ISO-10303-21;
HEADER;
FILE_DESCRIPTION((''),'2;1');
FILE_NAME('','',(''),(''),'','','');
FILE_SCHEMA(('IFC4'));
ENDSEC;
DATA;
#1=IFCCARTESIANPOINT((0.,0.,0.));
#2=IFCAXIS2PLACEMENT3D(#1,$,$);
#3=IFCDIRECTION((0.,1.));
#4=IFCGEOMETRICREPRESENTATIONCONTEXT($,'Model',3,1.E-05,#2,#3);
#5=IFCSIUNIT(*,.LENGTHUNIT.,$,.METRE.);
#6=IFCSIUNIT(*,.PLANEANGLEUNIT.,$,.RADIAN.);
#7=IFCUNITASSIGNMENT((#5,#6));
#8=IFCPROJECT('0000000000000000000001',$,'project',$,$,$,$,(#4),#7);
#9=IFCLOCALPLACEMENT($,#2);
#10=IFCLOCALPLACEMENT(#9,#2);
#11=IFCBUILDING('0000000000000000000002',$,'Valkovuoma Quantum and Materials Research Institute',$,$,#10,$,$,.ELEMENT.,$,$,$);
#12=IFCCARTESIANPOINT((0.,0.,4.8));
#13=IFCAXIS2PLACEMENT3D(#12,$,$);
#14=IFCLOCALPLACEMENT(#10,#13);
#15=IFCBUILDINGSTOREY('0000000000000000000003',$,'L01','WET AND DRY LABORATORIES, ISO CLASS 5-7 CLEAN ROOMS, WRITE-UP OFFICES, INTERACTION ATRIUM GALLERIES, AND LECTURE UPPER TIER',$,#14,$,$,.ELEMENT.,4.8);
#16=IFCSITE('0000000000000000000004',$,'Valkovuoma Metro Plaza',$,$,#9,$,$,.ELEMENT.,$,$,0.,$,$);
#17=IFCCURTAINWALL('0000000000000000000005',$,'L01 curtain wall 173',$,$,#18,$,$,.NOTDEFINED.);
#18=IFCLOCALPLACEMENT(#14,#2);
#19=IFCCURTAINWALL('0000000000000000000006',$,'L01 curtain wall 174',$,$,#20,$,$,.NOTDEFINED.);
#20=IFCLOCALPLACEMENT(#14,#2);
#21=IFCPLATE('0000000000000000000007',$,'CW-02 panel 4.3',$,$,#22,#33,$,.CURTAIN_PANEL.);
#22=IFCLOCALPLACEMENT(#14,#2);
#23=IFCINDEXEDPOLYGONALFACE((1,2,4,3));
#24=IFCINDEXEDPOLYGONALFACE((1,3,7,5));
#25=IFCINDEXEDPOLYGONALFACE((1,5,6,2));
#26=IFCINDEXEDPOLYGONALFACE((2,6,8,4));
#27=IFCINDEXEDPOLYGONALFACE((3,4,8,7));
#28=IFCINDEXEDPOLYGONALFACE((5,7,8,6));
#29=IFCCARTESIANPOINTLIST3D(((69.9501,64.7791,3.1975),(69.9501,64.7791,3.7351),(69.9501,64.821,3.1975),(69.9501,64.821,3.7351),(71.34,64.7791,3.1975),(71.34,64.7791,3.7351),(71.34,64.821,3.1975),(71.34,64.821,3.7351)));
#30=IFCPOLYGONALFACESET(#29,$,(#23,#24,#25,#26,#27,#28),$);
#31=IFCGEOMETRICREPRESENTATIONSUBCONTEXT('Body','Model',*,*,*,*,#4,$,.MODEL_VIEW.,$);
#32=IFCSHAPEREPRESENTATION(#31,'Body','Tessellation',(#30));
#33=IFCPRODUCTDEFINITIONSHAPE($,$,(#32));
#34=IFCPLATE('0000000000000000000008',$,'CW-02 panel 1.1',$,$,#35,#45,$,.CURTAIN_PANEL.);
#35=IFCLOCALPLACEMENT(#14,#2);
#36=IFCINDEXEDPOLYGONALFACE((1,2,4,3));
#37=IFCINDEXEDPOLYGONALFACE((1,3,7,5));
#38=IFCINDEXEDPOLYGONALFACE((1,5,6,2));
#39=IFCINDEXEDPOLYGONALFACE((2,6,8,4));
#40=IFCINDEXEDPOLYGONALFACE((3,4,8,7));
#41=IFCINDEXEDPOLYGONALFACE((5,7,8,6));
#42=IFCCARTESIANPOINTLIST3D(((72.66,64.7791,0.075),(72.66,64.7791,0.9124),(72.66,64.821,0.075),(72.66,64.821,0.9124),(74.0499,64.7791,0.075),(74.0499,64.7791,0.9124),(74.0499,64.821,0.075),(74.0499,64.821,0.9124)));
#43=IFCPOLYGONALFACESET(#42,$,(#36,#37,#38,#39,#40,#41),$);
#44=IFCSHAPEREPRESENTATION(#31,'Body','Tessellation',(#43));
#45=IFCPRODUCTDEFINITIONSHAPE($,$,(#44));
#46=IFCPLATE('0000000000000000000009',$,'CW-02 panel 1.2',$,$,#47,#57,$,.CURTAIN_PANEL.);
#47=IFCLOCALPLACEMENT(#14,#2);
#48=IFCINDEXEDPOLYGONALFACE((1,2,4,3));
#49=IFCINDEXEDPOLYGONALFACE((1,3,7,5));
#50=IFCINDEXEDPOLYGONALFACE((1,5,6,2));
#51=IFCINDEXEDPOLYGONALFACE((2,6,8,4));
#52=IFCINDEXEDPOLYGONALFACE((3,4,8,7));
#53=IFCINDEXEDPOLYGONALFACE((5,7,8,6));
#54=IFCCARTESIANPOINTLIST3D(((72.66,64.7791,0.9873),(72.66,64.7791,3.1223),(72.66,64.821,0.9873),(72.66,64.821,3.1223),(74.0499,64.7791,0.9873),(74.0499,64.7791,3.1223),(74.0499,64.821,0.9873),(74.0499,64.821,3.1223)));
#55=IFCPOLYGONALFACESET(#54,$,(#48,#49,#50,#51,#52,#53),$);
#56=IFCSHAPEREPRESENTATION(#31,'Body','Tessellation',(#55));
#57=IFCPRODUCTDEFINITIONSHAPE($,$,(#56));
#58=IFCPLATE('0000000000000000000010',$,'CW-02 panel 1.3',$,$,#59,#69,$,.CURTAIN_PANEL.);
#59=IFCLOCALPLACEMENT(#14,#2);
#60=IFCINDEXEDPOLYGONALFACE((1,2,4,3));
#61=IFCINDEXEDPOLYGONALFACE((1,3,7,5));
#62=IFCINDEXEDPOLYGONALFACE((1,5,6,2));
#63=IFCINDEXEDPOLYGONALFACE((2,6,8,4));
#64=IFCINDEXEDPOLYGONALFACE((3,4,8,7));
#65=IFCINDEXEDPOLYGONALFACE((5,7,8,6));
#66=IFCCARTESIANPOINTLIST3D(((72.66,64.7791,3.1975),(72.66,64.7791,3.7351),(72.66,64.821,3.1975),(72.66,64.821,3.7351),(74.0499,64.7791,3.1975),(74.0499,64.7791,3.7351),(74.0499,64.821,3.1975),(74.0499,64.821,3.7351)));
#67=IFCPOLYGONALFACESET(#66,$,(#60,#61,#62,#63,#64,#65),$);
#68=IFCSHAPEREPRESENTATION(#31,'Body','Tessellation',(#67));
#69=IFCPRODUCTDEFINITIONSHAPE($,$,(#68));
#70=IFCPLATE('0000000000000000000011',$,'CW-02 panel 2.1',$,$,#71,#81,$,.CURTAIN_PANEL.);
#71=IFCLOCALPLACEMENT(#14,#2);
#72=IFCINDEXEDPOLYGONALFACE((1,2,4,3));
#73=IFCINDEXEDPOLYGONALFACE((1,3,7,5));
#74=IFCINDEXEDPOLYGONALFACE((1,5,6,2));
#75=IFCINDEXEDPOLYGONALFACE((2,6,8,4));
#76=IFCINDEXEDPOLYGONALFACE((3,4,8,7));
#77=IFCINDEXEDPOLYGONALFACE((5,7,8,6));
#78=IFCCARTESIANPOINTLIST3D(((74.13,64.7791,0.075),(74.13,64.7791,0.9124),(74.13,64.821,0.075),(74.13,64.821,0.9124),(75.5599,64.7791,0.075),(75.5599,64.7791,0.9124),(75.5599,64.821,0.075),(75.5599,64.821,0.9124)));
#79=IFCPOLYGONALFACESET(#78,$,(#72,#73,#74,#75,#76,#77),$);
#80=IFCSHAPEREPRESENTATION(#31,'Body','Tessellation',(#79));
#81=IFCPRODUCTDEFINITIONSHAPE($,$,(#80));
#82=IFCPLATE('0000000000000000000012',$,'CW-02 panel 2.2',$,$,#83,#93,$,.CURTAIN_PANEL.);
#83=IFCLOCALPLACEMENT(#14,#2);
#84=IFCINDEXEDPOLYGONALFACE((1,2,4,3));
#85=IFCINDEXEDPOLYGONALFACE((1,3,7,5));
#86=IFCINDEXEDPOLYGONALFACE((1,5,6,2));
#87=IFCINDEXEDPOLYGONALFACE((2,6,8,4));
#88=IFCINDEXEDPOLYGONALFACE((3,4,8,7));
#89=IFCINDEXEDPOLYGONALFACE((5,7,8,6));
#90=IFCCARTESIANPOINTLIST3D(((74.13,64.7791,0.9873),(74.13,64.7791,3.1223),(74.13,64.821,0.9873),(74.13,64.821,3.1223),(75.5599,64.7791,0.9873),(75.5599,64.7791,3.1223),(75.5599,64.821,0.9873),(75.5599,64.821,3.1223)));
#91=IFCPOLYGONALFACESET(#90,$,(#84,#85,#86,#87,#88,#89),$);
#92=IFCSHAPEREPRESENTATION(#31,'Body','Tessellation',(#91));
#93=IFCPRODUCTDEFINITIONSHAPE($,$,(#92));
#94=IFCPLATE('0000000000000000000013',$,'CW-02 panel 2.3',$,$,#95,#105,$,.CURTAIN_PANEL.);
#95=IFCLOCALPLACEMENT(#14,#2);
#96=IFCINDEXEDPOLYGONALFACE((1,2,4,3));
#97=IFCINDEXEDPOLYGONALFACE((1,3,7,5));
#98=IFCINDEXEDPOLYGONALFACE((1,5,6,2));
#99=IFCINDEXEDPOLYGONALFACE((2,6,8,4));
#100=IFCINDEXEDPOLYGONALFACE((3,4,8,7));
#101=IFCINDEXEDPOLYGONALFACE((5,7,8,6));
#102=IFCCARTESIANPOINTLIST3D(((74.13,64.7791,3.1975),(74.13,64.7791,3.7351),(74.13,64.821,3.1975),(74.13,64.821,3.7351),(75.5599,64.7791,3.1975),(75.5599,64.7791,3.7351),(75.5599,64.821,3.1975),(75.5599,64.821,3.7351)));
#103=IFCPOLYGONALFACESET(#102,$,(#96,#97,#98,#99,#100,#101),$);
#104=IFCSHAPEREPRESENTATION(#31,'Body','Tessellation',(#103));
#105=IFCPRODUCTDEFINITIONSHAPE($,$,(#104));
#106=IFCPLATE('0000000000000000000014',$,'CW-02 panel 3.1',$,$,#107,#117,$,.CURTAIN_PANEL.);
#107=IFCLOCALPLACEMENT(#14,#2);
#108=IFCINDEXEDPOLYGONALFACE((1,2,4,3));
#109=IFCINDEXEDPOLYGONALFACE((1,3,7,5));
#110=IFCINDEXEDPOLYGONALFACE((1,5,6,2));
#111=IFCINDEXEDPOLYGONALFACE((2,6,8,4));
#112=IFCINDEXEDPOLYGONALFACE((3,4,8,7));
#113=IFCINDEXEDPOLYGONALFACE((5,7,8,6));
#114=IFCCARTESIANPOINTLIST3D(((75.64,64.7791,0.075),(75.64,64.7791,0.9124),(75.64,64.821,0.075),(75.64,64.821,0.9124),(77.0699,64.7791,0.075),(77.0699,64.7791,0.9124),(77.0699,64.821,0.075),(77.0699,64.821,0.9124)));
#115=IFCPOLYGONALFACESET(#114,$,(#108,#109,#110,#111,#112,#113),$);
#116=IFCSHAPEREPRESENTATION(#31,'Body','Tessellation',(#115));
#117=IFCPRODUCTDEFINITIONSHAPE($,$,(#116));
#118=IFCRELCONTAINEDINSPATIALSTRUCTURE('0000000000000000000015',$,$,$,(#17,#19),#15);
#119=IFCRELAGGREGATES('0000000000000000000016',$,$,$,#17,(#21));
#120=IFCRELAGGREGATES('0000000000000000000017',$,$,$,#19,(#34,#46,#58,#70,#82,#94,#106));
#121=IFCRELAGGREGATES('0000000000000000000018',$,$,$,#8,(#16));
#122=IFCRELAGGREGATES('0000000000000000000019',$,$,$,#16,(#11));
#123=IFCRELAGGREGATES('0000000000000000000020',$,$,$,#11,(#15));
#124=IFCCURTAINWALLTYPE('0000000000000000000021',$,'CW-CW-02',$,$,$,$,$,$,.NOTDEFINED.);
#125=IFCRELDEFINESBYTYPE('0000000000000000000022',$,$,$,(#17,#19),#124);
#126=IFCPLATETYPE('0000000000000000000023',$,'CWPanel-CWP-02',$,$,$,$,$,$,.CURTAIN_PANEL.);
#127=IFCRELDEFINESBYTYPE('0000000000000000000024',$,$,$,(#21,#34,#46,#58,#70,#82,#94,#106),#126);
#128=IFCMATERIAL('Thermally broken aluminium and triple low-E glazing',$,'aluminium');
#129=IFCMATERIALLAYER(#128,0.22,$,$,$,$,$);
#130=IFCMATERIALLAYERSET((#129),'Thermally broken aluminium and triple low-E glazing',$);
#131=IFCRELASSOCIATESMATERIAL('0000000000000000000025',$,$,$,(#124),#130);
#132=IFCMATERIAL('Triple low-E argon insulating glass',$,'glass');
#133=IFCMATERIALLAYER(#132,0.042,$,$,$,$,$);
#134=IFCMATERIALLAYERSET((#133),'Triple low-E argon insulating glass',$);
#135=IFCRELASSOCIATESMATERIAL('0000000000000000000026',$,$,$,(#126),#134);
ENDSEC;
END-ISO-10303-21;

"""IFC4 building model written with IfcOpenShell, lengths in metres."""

from ifc_helpers import new_model, si_unit, direction, frame, origin, origin_2d, place, context, subcontext, project, spatial, rectangle, extrude, material, layer, layer_set, type_object, element, aggregate, save


model = new_model("IFC4")

# Units and contexts
model_context = context("Model", 3, precision=1e-05, world=origin(), true_north=direction((0.0, 1.0)))
body_context = subcontext(model_context, "Body", "Model", "MODEL_VIEW")
ifc_project = project(units=[si_unit("LENGTHUNIT", "METRE"), si_unit("PLANEANGLEUNIT", "RADIAN")], contexts=[model_context])

# Site, building, storey
site_placement = place(None, origin())
site = spatial("IfcSite", under=ifc_project, at=site_placement, Name="Valkovuoma Metro Plaza", CompositionType="ELEMENT", RefElevation=0.0)
building_placement = place(site_placement, origin())
building = spatial("IfcBuilding", under=site, at=building_placement, Name="Valkovuoma Quantum and Materials Research Institute", CompositionType="ELEMENT")
storey_placement = place(building_placement, frame((0.0, 0.0, 4.8)))
storey = spatial("IfcBuildingStorey", under=building, at=storey_placement, Name="L01", Description="WET AND DRY LABORATORIES, ISO CLASS 5-7 CLEAN ROOMS, WRITE-UP OFFICES, INTERACTION ATRIUM GALLERIES, AND LECTURE UPPER TIER", CompositionType="ELEMENT", Elevation=4.8)

# Curtain walls
ifc_material_1 = material(Name="Thermally broken aluminium and triple low-E glazing", Category="aluminium")
ifc_layer_1 = layer(ifc_material_1, 0.22)
ifc_layer_set_1 = layer_set([ifc_layer_1], Name="Thermally broken aluminium and triple low-E glazing")
curtain_wall_type = type_object("IfcCurtainWallType", Name="CW-CW-02", PredefinedType="NOTDEFINED", material=ifc_layer_set_1)
curtain_wall_1_placement = place(storey_placement, origin())
curtain_wall_1 = element("IfcCurtainWall", 1, at=curtain_wall_1_placement, inside=storey, type_object=curtain_wall_type, Name="L01 curtain wall 173", PredefinedType="NOTDEFINED")
curtain_wall_2_placement = place(storey_placement, origin())
curtain_wall_2 = element("IfcCurtainWall", 2, at=curtain_wall_2_placement, inside=storey, type_object=curtain_wall_type, Name="L01 curtain wall 174", PredefinedType="NOTDEFINED")

# Plates
ifc_material_2 = material(Name="Triple low-E argon insulating glass", Category="glass")
ifc_layer_2 = layer(ifc_material_2, 0.042)
ifc_layer_set_2 = layer_set([ifc_layer_2], Name="Triple low-E argon insulating glass")
plate_type = type_object("IfcPlateType", Name="CWPanel-CWP-02", PredefinedType="CURTAIN_PANEL", material=ifc_layer_set_2)
plate_1_placement = place(storey_placement, frame((70.645, 64.8, 3.1975), z_axis=(0.0, 0.0, 1.0), x_axis=(1.0, 0.0, 0.0)))
plate_1 = element("IfcPlate", 3, at=plate_1_placement, type_object=plate_type, Name="CW-02 panel 4.3", PredefinedType="CURTAIN_PANEL", context=body_context, shape_type="SweptSolid", body=[
    extrude(rectangle(XDim=1.3899, YDim=0.042, at=origin_2d()), origin(), (0.0, 0.0, 1.0), 0.5376),
])
aggregate(curtain_wall_1, [plate_1])
plate_2_placement = place(storey_placement, frame((73.355, 64.8, 0.075), z_axis=(0.0, 0.0, 1.0), x_axis=(1.0, 0.0, 0.0)))
plate_2 = element("IfcPlate", 4, at=plate_2_placement, type_object=plate_type, Name="CW-02 panel 1.1", PredefinedType="CURTAIN_PANEL", context=body_context, shape_type="SweptSolid", body=[
    extrude(rectangle(XDim=1.3899, YDim=0.042, at=origin_2d()), origin(), (0.0, 0.0, 1.0), 0.8374),
])
plate_3_placement = place(storey_placement, frame((73.355, 64.8, 0.9873), z_axis=(0.0, 0.0, 1.0), x_axis=(1.0, 0.0, 0.0)))
plate_3 = element("IfcPlate", 5, at=plate_3_placement, type_object=plate_type, Name="CW-02 panel 1.2", PredefinedType="CURTAIN_PANEL", context=body_context, shape_type="SweptSolid", body=[
    extrude(rectangle(XDim=1.3899, YDim=0.042, at=origin_2d()), origin(), (0.0, 0.0, 1.0), 2.135),
])
plate_4_placement = place(storey_placement, frame((73.355, 64.8, 3.1975), z_axis=(0.0, 0.0, 1.0), x_axis=(1.0, 0.0, 0.0)))
plate_4 = element("IfcPlate", 6, at=plate_4_placement, type_object=plate_type, Name="CW-02 panel 1.3", PredefinedType="CURTAIN_PANEL", context=body_context, shape_type="SweptSolid", body=[
    extrude(rectangle(XDim=1.3899, YDim=0.042, at=origin_2d()), origin(), (0.0, 0.0, 1.0), 0.5376),
])
plate_5_placement = place(storey_placement, frame((74.845, 64.8, 0.075), z_axis=(0.0, 0.0, 1.0), x_axis=(1.0, 0.0, 0.0)))
plate_5 = element("IfcPlate", 7, at=plate_5_placement, type_object=plate_type, Name="CW-02 panel 2.1", PredefinedType="CURTAIN_PANEL", context=body_context, shape_type="SweptSolid", body=[
    extrude(rectangle(XDim=1.4299, YDim=0.042, at=origin_2d()), origin(), (0.0, 0.0, 1.0), 0.8374),
])
plate_6_placement = place(storey_placement, frame((74.845, 64.8, 0.9873), z_axis=(0.0, 0.0, 1.0), x_axis=(1.0, 0.0, 0.0)))
plate_6 = element("IfcPlate", 8, at=plate_6_placement, type_object=plate_type, Name="CW-02 panel 2.2", PredefinedType="CURTAIN_PANEL", context=body_context, shape_type="SweptSolid", body=[
    extrude(rectangle(XDim=1.4299, YDim=0.042, at=origin_2d()), origin(), (0.0, 0.0, 1.0), 2.135),
])
plate_7_placement = place(storey_placement, frame((74.845, 64.8, 3.1975), z_axis=(0.0, 0.0, 1.0), x_axis=(1.0, 0.0, 0.0)))
plate_7 = element("IfcPlate", 9, at=plate_7_placement, type_object=plate_type, Name="CW-02 panel 2.3", PredefinedType="CURTAIN_PANEL", context=body_context, shape_type="SweptSolid", body=[
    extrude(rectangle(XDim=1.4299, YDim=0.042, at=origin_2d()), origin(), (0.0, 0.0, 1.0), 0.5376),
])
plate_8_placement = place(storey_placement, frame((76.355, 64.8, 0.075), z_axis=(0.0, 0.0, 1.0), x_axis=(1.0, 0.0, 0.0)))
plate_8 = element("IfcPlate", 10, at=plate_8_placement, type_object=plate_type, Name="CW-02 panel 3.1", PredefinedType="CURTAIN_PANEL", context=body_context, shape_type="SweptSolid", body=[
    extrude(rectangle(XDim=1.4299, YDim=0.042, at=origin_2d()), origin(), (0.0, 0.0, 1.0), 0.8374),
])
aggregate(curtain_wall_2, [plate_2, plate_3, plate_4, plate_5, plate_6, plate_7, plate_8])

save(model, "model.ifc")
